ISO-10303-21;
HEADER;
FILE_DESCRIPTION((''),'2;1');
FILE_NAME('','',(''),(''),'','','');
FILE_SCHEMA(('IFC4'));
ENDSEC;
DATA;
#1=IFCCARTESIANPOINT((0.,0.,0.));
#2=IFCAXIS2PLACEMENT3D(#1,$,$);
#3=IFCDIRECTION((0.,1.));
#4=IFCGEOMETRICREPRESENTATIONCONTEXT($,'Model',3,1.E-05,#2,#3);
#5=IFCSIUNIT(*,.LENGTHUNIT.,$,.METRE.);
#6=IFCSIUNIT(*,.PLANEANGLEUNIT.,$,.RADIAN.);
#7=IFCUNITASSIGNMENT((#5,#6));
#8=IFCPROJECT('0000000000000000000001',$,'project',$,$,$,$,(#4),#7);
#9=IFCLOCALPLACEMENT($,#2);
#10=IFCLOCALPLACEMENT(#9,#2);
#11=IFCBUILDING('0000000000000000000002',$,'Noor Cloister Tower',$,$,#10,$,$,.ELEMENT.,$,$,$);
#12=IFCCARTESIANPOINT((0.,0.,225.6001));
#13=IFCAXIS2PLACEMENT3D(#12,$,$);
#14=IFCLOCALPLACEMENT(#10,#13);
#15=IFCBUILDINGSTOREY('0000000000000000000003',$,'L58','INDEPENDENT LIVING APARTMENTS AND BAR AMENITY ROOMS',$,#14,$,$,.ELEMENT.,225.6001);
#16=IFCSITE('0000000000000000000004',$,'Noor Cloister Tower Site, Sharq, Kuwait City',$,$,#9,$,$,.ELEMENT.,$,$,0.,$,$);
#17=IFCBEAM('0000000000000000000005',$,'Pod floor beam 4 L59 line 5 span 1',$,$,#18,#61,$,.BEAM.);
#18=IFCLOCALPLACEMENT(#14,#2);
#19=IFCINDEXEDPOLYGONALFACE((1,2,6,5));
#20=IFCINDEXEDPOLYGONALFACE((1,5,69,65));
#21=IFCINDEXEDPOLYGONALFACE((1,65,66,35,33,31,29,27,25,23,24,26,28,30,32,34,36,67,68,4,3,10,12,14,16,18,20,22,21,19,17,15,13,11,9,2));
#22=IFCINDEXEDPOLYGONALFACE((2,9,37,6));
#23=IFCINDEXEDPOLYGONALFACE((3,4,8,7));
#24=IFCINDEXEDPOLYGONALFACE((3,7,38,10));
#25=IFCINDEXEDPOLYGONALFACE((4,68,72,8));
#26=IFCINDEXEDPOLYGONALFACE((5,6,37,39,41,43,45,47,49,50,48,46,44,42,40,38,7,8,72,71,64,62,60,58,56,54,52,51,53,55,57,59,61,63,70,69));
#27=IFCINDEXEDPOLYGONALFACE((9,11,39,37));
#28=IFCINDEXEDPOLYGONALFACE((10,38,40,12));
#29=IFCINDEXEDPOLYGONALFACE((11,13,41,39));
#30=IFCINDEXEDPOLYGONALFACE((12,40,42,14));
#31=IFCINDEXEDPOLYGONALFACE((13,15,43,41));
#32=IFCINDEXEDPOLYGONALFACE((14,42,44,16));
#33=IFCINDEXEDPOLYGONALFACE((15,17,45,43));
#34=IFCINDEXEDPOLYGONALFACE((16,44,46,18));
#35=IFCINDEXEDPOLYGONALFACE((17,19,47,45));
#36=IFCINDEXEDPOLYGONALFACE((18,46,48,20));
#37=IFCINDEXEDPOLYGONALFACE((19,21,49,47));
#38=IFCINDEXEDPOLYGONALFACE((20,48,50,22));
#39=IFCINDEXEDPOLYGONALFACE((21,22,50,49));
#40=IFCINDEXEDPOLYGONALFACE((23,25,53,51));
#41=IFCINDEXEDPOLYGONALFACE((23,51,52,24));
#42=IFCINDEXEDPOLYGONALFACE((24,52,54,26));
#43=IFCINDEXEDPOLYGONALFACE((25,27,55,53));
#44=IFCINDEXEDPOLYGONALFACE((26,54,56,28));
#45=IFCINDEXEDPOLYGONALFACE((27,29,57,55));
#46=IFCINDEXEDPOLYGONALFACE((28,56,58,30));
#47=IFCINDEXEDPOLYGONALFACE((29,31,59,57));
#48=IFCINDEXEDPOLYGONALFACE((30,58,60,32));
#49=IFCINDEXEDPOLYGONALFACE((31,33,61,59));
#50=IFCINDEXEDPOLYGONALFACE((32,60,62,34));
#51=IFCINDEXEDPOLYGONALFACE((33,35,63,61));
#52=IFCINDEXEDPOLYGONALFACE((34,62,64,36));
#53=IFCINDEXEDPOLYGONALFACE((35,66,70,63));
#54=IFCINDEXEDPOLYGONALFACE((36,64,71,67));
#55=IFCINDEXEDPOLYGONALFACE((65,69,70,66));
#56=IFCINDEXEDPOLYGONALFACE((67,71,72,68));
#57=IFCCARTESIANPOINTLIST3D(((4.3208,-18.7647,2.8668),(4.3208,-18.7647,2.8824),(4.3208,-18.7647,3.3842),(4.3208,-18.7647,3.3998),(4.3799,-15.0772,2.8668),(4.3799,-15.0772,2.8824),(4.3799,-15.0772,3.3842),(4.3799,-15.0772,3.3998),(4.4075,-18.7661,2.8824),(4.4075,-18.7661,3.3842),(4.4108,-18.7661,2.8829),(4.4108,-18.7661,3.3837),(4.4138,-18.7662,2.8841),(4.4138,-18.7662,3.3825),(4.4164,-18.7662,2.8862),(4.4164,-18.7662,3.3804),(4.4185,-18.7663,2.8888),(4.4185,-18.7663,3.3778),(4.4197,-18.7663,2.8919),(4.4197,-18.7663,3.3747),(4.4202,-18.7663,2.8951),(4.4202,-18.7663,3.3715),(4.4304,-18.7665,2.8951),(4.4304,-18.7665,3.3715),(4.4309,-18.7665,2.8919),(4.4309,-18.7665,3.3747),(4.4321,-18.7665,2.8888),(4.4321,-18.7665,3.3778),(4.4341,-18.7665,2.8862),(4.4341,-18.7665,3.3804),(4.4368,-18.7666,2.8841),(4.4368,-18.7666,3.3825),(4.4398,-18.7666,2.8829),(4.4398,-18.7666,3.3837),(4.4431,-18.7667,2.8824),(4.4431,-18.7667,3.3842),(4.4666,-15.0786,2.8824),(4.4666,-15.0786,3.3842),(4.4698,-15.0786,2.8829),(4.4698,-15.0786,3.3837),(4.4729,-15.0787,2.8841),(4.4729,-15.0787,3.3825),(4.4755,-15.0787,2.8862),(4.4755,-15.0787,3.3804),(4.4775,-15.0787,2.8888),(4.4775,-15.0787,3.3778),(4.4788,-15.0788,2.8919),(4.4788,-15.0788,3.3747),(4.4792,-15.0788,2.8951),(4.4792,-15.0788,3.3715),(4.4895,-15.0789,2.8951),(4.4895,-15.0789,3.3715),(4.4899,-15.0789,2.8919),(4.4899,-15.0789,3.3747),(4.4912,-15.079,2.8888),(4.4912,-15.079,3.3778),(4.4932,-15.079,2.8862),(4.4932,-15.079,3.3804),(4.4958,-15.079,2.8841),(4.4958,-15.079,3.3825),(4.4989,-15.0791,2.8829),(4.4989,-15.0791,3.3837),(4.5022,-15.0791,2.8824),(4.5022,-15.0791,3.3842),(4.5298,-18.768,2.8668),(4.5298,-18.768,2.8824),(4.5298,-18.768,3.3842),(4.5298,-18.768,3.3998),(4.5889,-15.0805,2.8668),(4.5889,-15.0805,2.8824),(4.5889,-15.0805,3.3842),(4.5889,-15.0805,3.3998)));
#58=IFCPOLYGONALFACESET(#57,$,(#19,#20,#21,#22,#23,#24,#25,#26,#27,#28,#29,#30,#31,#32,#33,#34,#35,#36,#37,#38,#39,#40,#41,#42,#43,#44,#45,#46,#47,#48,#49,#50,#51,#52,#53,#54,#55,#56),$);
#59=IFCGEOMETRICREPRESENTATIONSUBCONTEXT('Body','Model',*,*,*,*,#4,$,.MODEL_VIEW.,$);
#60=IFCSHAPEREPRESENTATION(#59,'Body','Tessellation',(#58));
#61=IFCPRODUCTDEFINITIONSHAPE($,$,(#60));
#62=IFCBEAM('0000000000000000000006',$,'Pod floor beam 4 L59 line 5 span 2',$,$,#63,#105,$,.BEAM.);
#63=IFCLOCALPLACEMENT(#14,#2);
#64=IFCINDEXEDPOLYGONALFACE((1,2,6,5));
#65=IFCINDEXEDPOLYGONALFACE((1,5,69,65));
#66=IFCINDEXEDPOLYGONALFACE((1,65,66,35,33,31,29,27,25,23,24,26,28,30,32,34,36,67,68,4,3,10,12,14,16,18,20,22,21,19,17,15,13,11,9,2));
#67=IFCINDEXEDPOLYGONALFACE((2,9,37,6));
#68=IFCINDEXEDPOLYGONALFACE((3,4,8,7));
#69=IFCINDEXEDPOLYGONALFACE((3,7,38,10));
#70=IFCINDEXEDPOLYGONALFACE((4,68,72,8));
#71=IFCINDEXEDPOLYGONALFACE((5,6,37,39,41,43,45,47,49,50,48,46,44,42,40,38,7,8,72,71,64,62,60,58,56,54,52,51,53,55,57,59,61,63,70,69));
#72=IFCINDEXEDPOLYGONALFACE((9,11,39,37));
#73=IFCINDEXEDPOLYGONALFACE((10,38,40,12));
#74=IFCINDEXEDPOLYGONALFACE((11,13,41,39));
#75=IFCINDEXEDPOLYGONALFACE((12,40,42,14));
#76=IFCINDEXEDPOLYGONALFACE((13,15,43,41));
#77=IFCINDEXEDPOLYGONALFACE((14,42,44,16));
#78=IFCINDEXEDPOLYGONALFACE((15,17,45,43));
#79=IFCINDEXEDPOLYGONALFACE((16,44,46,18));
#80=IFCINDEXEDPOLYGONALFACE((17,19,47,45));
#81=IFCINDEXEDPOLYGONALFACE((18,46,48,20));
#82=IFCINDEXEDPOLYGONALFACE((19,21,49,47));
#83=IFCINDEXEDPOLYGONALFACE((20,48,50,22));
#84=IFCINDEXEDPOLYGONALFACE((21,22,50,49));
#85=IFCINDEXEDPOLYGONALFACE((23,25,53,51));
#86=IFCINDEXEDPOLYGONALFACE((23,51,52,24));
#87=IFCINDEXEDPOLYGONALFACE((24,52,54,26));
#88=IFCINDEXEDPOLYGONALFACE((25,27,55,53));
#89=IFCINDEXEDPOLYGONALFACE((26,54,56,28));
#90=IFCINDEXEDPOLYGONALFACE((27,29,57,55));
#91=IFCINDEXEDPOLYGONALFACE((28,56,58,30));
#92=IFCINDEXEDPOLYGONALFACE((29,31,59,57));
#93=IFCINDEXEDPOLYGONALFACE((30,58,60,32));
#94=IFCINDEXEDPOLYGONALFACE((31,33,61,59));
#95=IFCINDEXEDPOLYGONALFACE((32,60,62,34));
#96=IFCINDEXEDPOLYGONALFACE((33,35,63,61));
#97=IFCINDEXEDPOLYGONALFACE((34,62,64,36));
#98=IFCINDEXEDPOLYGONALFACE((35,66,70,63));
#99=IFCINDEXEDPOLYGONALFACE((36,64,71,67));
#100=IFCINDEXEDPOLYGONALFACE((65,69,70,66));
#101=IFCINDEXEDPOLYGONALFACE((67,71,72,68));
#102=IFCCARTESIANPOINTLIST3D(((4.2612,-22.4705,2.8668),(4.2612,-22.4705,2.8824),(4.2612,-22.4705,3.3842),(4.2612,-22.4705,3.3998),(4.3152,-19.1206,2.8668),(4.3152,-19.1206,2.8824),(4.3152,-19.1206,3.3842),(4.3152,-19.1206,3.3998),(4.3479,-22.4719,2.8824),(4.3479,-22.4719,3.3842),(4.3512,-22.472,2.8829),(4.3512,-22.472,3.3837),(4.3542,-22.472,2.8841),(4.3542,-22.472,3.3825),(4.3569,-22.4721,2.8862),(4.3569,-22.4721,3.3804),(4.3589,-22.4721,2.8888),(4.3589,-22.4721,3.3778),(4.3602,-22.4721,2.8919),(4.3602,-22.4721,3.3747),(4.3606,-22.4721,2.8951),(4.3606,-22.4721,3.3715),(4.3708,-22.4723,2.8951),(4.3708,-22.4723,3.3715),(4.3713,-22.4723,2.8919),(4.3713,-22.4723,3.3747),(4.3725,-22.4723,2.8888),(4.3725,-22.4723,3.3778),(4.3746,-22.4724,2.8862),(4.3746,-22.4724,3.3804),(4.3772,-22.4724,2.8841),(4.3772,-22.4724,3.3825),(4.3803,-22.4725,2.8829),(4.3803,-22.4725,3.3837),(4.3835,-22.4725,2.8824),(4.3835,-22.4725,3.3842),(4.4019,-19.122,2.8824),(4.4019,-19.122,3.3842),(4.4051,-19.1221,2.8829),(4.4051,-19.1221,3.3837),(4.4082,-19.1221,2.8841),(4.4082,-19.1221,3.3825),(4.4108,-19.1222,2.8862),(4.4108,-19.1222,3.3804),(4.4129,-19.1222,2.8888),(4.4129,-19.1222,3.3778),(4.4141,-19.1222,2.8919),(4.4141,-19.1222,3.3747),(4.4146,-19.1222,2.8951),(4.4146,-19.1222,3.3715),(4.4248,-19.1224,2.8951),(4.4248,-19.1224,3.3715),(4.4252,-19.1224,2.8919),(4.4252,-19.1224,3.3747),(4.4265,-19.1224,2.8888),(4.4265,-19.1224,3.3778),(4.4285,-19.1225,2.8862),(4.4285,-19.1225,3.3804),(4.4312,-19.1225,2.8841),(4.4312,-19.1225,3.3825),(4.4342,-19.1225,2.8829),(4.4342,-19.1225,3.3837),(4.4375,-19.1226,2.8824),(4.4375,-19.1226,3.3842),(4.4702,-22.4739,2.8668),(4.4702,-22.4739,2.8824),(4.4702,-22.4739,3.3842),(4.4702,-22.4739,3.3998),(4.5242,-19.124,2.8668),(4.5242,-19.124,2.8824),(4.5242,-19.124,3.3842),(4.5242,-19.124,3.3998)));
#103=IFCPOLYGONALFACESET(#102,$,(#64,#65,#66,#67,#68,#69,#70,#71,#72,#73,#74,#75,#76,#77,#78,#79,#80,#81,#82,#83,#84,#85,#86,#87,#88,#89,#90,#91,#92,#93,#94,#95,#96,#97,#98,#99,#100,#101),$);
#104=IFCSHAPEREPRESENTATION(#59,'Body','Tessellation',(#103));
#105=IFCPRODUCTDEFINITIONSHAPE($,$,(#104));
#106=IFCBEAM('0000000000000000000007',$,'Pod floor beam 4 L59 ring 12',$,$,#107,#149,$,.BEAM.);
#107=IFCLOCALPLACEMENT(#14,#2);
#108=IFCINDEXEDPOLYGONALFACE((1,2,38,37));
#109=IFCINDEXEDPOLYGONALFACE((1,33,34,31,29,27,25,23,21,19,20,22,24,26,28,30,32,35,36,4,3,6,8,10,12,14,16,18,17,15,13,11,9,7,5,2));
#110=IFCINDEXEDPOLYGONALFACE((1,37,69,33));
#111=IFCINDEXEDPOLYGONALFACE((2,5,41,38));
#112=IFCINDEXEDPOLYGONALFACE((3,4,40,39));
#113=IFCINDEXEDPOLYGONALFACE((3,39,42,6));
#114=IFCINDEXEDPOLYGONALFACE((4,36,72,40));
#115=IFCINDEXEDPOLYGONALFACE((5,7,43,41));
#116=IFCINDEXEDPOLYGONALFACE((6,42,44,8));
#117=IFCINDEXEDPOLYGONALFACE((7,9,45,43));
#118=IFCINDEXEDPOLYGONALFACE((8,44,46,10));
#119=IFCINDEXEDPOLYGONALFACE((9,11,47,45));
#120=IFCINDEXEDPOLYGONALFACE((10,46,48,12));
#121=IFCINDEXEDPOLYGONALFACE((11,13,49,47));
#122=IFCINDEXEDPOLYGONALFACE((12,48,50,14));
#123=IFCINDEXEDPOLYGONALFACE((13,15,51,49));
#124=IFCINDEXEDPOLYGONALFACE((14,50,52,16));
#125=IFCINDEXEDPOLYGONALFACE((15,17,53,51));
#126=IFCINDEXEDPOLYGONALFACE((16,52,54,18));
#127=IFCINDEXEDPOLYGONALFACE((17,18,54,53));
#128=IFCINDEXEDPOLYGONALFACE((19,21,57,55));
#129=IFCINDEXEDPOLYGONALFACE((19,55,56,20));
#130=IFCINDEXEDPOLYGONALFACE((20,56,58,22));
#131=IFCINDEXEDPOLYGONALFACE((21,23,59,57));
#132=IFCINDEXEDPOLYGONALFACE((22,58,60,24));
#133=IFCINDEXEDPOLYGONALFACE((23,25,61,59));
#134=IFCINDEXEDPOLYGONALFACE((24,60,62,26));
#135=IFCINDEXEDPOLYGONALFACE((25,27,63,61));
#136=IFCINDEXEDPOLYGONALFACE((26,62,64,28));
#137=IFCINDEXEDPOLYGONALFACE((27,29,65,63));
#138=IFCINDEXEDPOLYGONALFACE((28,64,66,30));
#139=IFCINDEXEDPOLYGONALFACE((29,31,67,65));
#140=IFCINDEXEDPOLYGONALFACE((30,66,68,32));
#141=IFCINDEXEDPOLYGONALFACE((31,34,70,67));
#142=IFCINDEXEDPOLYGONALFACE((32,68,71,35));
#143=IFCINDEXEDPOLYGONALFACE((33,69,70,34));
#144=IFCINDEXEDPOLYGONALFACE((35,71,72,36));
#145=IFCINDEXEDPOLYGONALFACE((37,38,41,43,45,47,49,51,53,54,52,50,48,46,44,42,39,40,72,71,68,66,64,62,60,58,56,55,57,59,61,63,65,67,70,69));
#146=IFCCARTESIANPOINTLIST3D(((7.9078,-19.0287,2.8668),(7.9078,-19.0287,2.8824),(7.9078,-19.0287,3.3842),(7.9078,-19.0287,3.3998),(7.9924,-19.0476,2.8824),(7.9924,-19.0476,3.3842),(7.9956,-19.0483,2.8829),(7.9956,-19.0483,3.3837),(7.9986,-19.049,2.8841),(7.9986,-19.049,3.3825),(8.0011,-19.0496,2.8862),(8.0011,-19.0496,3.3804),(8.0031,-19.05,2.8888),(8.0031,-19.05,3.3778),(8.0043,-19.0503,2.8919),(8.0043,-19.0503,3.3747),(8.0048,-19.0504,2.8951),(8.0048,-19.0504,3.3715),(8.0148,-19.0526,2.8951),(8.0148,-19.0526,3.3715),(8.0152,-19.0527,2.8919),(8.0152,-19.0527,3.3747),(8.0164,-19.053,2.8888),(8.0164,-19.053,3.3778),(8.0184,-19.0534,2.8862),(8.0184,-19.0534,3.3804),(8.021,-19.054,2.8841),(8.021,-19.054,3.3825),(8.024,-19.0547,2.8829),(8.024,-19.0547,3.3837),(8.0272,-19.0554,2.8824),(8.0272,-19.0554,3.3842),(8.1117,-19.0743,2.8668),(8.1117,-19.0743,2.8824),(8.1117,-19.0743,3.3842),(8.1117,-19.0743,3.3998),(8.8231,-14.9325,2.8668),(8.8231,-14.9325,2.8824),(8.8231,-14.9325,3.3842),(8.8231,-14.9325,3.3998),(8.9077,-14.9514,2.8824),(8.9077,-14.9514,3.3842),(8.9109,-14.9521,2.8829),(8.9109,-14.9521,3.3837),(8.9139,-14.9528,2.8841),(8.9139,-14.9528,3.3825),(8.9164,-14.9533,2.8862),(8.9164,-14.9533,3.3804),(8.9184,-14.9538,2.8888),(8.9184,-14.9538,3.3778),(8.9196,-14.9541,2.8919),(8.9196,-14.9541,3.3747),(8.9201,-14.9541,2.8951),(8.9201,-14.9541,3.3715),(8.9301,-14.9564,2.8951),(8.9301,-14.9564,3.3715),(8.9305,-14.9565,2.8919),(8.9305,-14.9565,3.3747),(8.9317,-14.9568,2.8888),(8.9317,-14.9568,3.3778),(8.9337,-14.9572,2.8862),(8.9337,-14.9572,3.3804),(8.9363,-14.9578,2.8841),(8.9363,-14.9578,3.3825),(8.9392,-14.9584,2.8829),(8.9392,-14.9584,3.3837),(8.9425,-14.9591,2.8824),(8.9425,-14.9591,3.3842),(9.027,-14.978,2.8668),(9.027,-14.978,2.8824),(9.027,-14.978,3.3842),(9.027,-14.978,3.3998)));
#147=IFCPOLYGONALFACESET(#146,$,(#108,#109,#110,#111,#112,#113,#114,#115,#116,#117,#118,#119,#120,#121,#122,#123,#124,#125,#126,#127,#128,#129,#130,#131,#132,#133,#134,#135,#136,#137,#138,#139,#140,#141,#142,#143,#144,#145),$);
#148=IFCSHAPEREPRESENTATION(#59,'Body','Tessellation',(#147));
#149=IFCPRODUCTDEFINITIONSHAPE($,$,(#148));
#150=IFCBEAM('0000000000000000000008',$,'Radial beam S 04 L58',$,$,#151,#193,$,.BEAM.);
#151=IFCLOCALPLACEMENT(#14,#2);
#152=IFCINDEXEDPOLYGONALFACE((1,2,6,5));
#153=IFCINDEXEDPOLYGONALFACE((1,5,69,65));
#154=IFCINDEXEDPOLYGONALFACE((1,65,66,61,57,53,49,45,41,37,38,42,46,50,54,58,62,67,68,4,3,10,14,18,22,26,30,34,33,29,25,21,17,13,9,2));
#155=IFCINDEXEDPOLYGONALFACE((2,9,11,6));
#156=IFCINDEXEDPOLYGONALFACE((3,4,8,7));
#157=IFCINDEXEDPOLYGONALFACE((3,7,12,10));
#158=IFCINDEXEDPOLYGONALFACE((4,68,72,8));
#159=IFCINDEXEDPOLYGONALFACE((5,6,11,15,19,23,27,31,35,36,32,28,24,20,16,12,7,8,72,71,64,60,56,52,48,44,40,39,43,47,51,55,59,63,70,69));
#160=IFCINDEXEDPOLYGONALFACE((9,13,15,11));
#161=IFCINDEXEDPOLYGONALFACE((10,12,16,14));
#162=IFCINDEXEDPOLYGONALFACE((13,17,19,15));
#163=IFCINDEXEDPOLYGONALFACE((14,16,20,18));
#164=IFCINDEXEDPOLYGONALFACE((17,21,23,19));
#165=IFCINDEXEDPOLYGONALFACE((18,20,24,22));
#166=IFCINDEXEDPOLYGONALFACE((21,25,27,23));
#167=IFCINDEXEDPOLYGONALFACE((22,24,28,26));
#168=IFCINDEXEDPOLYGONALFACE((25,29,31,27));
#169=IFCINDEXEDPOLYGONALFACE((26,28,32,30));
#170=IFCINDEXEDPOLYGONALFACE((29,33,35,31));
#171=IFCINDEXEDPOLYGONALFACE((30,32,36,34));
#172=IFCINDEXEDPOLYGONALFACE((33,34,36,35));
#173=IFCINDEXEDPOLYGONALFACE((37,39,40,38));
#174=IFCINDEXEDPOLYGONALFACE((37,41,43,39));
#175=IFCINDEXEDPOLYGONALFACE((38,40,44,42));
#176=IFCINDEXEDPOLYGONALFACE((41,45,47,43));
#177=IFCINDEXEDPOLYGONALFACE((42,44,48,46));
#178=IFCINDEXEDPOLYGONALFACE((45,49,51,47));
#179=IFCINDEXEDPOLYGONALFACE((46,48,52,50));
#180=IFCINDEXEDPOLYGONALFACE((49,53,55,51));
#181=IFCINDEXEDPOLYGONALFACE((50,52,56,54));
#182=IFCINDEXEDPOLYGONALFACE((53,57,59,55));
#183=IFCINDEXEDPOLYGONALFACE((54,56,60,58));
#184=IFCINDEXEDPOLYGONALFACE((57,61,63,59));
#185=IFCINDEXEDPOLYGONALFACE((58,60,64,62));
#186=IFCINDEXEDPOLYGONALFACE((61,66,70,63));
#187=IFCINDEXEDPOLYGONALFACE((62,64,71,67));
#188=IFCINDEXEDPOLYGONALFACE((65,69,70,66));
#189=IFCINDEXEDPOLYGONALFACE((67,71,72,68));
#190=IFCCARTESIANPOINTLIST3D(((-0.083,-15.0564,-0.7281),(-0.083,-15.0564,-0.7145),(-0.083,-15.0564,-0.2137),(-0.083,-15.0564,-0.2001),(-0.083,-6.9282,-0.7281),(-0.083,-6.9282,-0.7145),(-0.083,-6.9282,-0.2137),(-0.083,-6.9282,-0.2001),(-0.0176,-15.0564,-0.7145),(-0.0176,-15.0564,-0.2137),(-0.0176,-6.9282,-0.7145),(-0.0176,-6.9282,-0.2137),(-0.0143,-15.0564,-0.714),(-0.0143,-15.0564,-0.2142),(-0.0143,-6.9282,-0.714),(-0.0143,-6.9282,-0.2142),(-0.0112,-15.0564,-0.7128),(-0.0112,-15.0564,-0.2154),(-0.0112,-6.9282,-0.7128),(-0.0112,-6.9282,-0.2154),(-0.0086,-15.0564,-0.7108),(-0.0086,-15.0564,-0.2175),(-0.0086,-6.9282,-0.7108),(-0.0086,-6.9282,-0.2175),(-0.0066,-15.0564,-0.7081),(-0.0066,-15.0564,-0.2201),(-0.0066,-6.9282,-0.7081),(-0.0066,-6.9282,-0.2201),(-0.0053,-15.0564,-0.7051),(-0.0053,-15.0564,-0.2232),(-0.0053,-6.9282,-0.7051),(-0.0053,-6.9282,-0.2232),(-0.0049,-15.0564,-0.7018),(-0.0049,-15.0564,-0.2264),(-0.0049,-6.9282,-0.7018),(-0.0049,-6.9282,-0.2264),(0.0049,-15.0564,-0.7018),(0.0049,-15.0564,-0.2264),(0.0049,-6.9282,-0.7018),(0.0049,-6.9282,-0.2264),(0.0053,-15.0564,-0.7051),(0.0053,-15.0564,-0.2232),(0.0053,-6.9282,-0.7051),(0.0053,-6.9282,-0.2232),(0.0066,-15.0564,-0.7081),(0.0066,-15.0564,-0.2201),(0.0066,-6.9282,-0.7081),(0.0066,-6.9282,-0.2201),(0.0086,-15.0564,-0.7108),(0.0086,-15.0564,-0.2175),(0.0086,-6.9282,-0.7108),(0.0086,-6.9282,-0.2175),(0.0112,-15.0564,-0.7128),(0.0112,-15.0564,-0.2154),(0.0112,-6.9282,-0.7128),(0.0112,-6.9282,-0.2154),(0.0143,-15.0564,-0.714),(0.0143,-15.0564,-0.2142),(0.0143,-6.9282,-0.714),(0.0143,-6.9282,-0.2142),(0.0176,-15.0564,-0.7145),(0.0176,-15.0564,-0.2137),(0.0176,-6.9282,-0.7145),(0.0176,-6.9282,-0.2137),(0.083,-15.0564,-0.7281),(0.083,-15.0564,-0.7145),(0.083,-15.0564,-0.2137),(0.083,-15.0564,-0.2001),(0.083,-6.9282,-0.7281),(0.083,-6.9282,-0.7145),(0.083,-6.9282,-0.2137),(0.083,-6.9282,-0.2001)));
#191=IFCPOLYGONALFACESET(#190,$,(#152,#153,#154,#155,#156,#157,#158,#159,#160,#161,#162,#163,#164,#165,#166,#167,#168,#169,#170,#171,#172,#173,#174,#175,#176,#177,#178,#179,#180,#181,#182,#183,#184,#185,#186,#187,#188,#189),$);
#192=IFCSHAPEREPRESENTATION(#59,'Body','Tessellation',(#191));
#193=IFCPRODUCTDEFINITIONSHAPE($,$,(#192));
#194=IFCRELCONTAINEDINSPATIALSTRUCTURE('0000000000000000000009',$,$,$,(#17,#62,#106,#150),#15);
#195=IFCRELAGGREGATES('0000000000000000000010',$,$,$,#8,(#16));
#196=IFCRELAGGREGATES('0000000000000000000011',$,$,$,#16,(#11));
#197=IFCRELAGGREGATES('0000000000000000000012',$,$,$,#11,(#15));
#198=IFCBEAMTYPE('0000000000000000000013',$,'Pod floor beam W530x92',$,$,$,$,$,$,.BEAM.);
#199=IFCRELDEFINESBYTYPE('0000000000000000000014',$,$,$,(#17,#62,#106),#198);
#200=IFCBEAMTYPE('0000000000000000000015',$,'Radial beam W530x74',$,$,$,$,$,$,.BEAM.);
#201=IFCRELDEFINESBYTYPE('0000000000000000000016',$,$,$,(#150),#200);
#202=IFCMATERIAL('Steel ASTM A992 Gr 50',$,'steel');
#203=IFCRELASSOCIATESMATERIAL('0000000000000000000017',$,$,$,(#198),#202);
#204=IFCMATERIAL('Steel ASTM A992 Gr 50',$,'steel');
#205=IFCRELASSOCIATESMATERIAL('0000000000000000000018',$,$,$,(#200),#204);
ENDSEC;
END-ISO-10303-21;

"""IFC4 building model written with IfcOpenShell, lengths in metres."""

from ifc_helpers import new_model, si_unit, direction, frame, origin, origin_2d, place, context, subcontext, project, spatial, i_section, extrude, material, material_profile, profile_set, type_object, element, save


model = new_model("IFC4")

# Units and contexts
model_context = context("Model", 3, precision=1e-05, world=origin(), true_north=direction((0.0, 1.0)))
body_context = subcontext(model_context, "Body", "Model", "MODEL_VIEW")
ifc_project = project(units=[si_unit("LENGTHUNIT", "METRE"), si_unit("PLANEANGLEUNIT", "RADIAN")], contexts=[model_context])

# Site, building, storey
site_placement = place(None, origin())
site = spatial("IfcSite", under=ifc_project, at=site_placement, Name="Noor Cloister Tower Site, Sharq, Kuwait City", CompositionType="ELEMENT", RefElevation=0.0)
building_placement = place(site_placement, origin())
building = spatial("IfcBuilding", under=site, at=building_placement, Name="Noor Cloister Tower", CompositionType="ELEMENT")
storey_placement = place(building_placement, frame((0.0, 0.0, 225.6001)))
storey = spatial("IfcBuildingStorey", under=building, at=storey_placement, Name="L58", Description="INDEPENDENT LIVING APARTMENTS AND BAR AMENITY ROOMS", CompositionType="ELEMENT", Elevation=225.6001)

# Beams
ifc_material_1 = material(Name="Steel ASTM A992 Gr 50", Category="steel")
ifc_material_profile_1 = material_profile(ifc_material_1, i_section(OverallWidth=0.209, OverallDepth=0.533, WebThickness=0.0103, FlangeThickness=0.0156, FilletRadius=0.0127, at=origin_2d()), Name="W530x92")
ifc_profile_set_1 = profile_set([ifc_material_profile_1], Name="Steel ASTM A992 Gr 50")
beam_type_1 = type_object("IfcBeamType", Name="Pod floor beam W530x92", PredefinedType="BEAM", material=ifc_profile_set_1)
beam_1_placement = place(storey_placement, frame((4.4844, -15.0789, 3.1333), z_axis=(-0.01602, -0.999872, 0.0), x_axis=(0.999872, -0.01602, 0.0)))
element("IfcBeam", 1, at=beam_1_placement, inside=storey, type_object=beam_type_1, Name="Pod floor beam 4 L59 line 5 span 1", PredefinedType="BEAM", context=body_context, shape_type="SweptSolid", body=[
    extrude(i_section(OverallWidth=0.209, OverallDepth=0.533, WebThickness=0.0103, FlangeThickness=0.0156, FilletRadius=0.0127, at=origin_2d()), origin(), (0.0, 0.0, 1.0), 3.688),
])
beam_2_placement = place(storey_placement, frame((4.4197, -19.1223, 3.1333), z_axis=(-0.016105, -0.99987, 0.0), x_axis=(0.99987, -0.016105, 0.0)))
element("IfcBeam", 2, at=beam_2_placement, inside=storey, type_object=beam_type_1, Name="Pod floor beam 4 L59 line 5 span 2", PredefinedType="BEAM", context=body_context, shape_type="SweptSolid", body=[
    extrude(i_section(OverallWidth=0.209, OverallDepth=0.533, WebThickness=0.0103, FlangeThickness=0.0156, FilletRadius=0.0127, at=origin_2d()), origin(), (0.0, 0.0, 1.0), 3.3503),
])
beam_3_placement = place(storey_placement, frame((8.0098, -19.0515, 3.1333), z_axis=(0.21807, 0.975933, 0.0), x_axis=(-0.975933, 0.21807, 0.0)))
element("IfcBeam", 3, at=beam_3_placement, inside=storey, type_object=beam_type_1, Name="Pod floor beam 4 L59 ring 12", PredefinedType="BEAM", context=body_context, shape_type="SweptSolid", body=[
    extrude(i_section(OverallWidth=0.209, OverallDepth=0.533, WebThickness=0.0103, FlangeThickness=0.0156, FilletRadius=0.0127, at=origin_2d()), origin(), (0.0, 0.0, 1.0), 4.1973),
])
ifc_material_2 = material(Name="Steel ASTM A992 Gr 50", Category="steel")
ifc_material_profile_2 = material_profile(ifc_material_2, i_section(OverallWidth=0.166, OverallDepth=0.5281, WebThickness=0.0098, FlangeThickness=0.0137, FilletRadius=0.0127, at=origin_2d()), Name="W530x74")
ifc_profile_set_2 = profile_set([ifc_material_profile_2], Name="Steel ASTM A992 Gr 50")
beam_type_2 = type_object("IfcBeamType", Name="Radial beam W530x74", PredefinedType="BEAM", material=ifc_profile_set_2)
beam_4_placement = place(storey_placement, frame((0.0, -15.0564, -0.4641), z_axis=(0.0, 1.0, 0.0), x_axis=(-1.0, 0.0, 0.0)))
element("IfcBeam", 4, at=beam_4_placement, inside=storey, type_object=beam_type_2, Name="Radial beam S 04 L58", PredefinedType="BEAM", context=body_context, shape_type="SweptSolid", body=[
    extrude(i_section(OverallWidth=0.166, OverallDepth=0.5281, WebThickness=0.0098, FlangeThickness=0.0137, FilletRadius=0.0127, at=origin_2d()), origin(), (0.0, 0.0, 1.0), 8.1282),
])

save(model, "model.ifc")
